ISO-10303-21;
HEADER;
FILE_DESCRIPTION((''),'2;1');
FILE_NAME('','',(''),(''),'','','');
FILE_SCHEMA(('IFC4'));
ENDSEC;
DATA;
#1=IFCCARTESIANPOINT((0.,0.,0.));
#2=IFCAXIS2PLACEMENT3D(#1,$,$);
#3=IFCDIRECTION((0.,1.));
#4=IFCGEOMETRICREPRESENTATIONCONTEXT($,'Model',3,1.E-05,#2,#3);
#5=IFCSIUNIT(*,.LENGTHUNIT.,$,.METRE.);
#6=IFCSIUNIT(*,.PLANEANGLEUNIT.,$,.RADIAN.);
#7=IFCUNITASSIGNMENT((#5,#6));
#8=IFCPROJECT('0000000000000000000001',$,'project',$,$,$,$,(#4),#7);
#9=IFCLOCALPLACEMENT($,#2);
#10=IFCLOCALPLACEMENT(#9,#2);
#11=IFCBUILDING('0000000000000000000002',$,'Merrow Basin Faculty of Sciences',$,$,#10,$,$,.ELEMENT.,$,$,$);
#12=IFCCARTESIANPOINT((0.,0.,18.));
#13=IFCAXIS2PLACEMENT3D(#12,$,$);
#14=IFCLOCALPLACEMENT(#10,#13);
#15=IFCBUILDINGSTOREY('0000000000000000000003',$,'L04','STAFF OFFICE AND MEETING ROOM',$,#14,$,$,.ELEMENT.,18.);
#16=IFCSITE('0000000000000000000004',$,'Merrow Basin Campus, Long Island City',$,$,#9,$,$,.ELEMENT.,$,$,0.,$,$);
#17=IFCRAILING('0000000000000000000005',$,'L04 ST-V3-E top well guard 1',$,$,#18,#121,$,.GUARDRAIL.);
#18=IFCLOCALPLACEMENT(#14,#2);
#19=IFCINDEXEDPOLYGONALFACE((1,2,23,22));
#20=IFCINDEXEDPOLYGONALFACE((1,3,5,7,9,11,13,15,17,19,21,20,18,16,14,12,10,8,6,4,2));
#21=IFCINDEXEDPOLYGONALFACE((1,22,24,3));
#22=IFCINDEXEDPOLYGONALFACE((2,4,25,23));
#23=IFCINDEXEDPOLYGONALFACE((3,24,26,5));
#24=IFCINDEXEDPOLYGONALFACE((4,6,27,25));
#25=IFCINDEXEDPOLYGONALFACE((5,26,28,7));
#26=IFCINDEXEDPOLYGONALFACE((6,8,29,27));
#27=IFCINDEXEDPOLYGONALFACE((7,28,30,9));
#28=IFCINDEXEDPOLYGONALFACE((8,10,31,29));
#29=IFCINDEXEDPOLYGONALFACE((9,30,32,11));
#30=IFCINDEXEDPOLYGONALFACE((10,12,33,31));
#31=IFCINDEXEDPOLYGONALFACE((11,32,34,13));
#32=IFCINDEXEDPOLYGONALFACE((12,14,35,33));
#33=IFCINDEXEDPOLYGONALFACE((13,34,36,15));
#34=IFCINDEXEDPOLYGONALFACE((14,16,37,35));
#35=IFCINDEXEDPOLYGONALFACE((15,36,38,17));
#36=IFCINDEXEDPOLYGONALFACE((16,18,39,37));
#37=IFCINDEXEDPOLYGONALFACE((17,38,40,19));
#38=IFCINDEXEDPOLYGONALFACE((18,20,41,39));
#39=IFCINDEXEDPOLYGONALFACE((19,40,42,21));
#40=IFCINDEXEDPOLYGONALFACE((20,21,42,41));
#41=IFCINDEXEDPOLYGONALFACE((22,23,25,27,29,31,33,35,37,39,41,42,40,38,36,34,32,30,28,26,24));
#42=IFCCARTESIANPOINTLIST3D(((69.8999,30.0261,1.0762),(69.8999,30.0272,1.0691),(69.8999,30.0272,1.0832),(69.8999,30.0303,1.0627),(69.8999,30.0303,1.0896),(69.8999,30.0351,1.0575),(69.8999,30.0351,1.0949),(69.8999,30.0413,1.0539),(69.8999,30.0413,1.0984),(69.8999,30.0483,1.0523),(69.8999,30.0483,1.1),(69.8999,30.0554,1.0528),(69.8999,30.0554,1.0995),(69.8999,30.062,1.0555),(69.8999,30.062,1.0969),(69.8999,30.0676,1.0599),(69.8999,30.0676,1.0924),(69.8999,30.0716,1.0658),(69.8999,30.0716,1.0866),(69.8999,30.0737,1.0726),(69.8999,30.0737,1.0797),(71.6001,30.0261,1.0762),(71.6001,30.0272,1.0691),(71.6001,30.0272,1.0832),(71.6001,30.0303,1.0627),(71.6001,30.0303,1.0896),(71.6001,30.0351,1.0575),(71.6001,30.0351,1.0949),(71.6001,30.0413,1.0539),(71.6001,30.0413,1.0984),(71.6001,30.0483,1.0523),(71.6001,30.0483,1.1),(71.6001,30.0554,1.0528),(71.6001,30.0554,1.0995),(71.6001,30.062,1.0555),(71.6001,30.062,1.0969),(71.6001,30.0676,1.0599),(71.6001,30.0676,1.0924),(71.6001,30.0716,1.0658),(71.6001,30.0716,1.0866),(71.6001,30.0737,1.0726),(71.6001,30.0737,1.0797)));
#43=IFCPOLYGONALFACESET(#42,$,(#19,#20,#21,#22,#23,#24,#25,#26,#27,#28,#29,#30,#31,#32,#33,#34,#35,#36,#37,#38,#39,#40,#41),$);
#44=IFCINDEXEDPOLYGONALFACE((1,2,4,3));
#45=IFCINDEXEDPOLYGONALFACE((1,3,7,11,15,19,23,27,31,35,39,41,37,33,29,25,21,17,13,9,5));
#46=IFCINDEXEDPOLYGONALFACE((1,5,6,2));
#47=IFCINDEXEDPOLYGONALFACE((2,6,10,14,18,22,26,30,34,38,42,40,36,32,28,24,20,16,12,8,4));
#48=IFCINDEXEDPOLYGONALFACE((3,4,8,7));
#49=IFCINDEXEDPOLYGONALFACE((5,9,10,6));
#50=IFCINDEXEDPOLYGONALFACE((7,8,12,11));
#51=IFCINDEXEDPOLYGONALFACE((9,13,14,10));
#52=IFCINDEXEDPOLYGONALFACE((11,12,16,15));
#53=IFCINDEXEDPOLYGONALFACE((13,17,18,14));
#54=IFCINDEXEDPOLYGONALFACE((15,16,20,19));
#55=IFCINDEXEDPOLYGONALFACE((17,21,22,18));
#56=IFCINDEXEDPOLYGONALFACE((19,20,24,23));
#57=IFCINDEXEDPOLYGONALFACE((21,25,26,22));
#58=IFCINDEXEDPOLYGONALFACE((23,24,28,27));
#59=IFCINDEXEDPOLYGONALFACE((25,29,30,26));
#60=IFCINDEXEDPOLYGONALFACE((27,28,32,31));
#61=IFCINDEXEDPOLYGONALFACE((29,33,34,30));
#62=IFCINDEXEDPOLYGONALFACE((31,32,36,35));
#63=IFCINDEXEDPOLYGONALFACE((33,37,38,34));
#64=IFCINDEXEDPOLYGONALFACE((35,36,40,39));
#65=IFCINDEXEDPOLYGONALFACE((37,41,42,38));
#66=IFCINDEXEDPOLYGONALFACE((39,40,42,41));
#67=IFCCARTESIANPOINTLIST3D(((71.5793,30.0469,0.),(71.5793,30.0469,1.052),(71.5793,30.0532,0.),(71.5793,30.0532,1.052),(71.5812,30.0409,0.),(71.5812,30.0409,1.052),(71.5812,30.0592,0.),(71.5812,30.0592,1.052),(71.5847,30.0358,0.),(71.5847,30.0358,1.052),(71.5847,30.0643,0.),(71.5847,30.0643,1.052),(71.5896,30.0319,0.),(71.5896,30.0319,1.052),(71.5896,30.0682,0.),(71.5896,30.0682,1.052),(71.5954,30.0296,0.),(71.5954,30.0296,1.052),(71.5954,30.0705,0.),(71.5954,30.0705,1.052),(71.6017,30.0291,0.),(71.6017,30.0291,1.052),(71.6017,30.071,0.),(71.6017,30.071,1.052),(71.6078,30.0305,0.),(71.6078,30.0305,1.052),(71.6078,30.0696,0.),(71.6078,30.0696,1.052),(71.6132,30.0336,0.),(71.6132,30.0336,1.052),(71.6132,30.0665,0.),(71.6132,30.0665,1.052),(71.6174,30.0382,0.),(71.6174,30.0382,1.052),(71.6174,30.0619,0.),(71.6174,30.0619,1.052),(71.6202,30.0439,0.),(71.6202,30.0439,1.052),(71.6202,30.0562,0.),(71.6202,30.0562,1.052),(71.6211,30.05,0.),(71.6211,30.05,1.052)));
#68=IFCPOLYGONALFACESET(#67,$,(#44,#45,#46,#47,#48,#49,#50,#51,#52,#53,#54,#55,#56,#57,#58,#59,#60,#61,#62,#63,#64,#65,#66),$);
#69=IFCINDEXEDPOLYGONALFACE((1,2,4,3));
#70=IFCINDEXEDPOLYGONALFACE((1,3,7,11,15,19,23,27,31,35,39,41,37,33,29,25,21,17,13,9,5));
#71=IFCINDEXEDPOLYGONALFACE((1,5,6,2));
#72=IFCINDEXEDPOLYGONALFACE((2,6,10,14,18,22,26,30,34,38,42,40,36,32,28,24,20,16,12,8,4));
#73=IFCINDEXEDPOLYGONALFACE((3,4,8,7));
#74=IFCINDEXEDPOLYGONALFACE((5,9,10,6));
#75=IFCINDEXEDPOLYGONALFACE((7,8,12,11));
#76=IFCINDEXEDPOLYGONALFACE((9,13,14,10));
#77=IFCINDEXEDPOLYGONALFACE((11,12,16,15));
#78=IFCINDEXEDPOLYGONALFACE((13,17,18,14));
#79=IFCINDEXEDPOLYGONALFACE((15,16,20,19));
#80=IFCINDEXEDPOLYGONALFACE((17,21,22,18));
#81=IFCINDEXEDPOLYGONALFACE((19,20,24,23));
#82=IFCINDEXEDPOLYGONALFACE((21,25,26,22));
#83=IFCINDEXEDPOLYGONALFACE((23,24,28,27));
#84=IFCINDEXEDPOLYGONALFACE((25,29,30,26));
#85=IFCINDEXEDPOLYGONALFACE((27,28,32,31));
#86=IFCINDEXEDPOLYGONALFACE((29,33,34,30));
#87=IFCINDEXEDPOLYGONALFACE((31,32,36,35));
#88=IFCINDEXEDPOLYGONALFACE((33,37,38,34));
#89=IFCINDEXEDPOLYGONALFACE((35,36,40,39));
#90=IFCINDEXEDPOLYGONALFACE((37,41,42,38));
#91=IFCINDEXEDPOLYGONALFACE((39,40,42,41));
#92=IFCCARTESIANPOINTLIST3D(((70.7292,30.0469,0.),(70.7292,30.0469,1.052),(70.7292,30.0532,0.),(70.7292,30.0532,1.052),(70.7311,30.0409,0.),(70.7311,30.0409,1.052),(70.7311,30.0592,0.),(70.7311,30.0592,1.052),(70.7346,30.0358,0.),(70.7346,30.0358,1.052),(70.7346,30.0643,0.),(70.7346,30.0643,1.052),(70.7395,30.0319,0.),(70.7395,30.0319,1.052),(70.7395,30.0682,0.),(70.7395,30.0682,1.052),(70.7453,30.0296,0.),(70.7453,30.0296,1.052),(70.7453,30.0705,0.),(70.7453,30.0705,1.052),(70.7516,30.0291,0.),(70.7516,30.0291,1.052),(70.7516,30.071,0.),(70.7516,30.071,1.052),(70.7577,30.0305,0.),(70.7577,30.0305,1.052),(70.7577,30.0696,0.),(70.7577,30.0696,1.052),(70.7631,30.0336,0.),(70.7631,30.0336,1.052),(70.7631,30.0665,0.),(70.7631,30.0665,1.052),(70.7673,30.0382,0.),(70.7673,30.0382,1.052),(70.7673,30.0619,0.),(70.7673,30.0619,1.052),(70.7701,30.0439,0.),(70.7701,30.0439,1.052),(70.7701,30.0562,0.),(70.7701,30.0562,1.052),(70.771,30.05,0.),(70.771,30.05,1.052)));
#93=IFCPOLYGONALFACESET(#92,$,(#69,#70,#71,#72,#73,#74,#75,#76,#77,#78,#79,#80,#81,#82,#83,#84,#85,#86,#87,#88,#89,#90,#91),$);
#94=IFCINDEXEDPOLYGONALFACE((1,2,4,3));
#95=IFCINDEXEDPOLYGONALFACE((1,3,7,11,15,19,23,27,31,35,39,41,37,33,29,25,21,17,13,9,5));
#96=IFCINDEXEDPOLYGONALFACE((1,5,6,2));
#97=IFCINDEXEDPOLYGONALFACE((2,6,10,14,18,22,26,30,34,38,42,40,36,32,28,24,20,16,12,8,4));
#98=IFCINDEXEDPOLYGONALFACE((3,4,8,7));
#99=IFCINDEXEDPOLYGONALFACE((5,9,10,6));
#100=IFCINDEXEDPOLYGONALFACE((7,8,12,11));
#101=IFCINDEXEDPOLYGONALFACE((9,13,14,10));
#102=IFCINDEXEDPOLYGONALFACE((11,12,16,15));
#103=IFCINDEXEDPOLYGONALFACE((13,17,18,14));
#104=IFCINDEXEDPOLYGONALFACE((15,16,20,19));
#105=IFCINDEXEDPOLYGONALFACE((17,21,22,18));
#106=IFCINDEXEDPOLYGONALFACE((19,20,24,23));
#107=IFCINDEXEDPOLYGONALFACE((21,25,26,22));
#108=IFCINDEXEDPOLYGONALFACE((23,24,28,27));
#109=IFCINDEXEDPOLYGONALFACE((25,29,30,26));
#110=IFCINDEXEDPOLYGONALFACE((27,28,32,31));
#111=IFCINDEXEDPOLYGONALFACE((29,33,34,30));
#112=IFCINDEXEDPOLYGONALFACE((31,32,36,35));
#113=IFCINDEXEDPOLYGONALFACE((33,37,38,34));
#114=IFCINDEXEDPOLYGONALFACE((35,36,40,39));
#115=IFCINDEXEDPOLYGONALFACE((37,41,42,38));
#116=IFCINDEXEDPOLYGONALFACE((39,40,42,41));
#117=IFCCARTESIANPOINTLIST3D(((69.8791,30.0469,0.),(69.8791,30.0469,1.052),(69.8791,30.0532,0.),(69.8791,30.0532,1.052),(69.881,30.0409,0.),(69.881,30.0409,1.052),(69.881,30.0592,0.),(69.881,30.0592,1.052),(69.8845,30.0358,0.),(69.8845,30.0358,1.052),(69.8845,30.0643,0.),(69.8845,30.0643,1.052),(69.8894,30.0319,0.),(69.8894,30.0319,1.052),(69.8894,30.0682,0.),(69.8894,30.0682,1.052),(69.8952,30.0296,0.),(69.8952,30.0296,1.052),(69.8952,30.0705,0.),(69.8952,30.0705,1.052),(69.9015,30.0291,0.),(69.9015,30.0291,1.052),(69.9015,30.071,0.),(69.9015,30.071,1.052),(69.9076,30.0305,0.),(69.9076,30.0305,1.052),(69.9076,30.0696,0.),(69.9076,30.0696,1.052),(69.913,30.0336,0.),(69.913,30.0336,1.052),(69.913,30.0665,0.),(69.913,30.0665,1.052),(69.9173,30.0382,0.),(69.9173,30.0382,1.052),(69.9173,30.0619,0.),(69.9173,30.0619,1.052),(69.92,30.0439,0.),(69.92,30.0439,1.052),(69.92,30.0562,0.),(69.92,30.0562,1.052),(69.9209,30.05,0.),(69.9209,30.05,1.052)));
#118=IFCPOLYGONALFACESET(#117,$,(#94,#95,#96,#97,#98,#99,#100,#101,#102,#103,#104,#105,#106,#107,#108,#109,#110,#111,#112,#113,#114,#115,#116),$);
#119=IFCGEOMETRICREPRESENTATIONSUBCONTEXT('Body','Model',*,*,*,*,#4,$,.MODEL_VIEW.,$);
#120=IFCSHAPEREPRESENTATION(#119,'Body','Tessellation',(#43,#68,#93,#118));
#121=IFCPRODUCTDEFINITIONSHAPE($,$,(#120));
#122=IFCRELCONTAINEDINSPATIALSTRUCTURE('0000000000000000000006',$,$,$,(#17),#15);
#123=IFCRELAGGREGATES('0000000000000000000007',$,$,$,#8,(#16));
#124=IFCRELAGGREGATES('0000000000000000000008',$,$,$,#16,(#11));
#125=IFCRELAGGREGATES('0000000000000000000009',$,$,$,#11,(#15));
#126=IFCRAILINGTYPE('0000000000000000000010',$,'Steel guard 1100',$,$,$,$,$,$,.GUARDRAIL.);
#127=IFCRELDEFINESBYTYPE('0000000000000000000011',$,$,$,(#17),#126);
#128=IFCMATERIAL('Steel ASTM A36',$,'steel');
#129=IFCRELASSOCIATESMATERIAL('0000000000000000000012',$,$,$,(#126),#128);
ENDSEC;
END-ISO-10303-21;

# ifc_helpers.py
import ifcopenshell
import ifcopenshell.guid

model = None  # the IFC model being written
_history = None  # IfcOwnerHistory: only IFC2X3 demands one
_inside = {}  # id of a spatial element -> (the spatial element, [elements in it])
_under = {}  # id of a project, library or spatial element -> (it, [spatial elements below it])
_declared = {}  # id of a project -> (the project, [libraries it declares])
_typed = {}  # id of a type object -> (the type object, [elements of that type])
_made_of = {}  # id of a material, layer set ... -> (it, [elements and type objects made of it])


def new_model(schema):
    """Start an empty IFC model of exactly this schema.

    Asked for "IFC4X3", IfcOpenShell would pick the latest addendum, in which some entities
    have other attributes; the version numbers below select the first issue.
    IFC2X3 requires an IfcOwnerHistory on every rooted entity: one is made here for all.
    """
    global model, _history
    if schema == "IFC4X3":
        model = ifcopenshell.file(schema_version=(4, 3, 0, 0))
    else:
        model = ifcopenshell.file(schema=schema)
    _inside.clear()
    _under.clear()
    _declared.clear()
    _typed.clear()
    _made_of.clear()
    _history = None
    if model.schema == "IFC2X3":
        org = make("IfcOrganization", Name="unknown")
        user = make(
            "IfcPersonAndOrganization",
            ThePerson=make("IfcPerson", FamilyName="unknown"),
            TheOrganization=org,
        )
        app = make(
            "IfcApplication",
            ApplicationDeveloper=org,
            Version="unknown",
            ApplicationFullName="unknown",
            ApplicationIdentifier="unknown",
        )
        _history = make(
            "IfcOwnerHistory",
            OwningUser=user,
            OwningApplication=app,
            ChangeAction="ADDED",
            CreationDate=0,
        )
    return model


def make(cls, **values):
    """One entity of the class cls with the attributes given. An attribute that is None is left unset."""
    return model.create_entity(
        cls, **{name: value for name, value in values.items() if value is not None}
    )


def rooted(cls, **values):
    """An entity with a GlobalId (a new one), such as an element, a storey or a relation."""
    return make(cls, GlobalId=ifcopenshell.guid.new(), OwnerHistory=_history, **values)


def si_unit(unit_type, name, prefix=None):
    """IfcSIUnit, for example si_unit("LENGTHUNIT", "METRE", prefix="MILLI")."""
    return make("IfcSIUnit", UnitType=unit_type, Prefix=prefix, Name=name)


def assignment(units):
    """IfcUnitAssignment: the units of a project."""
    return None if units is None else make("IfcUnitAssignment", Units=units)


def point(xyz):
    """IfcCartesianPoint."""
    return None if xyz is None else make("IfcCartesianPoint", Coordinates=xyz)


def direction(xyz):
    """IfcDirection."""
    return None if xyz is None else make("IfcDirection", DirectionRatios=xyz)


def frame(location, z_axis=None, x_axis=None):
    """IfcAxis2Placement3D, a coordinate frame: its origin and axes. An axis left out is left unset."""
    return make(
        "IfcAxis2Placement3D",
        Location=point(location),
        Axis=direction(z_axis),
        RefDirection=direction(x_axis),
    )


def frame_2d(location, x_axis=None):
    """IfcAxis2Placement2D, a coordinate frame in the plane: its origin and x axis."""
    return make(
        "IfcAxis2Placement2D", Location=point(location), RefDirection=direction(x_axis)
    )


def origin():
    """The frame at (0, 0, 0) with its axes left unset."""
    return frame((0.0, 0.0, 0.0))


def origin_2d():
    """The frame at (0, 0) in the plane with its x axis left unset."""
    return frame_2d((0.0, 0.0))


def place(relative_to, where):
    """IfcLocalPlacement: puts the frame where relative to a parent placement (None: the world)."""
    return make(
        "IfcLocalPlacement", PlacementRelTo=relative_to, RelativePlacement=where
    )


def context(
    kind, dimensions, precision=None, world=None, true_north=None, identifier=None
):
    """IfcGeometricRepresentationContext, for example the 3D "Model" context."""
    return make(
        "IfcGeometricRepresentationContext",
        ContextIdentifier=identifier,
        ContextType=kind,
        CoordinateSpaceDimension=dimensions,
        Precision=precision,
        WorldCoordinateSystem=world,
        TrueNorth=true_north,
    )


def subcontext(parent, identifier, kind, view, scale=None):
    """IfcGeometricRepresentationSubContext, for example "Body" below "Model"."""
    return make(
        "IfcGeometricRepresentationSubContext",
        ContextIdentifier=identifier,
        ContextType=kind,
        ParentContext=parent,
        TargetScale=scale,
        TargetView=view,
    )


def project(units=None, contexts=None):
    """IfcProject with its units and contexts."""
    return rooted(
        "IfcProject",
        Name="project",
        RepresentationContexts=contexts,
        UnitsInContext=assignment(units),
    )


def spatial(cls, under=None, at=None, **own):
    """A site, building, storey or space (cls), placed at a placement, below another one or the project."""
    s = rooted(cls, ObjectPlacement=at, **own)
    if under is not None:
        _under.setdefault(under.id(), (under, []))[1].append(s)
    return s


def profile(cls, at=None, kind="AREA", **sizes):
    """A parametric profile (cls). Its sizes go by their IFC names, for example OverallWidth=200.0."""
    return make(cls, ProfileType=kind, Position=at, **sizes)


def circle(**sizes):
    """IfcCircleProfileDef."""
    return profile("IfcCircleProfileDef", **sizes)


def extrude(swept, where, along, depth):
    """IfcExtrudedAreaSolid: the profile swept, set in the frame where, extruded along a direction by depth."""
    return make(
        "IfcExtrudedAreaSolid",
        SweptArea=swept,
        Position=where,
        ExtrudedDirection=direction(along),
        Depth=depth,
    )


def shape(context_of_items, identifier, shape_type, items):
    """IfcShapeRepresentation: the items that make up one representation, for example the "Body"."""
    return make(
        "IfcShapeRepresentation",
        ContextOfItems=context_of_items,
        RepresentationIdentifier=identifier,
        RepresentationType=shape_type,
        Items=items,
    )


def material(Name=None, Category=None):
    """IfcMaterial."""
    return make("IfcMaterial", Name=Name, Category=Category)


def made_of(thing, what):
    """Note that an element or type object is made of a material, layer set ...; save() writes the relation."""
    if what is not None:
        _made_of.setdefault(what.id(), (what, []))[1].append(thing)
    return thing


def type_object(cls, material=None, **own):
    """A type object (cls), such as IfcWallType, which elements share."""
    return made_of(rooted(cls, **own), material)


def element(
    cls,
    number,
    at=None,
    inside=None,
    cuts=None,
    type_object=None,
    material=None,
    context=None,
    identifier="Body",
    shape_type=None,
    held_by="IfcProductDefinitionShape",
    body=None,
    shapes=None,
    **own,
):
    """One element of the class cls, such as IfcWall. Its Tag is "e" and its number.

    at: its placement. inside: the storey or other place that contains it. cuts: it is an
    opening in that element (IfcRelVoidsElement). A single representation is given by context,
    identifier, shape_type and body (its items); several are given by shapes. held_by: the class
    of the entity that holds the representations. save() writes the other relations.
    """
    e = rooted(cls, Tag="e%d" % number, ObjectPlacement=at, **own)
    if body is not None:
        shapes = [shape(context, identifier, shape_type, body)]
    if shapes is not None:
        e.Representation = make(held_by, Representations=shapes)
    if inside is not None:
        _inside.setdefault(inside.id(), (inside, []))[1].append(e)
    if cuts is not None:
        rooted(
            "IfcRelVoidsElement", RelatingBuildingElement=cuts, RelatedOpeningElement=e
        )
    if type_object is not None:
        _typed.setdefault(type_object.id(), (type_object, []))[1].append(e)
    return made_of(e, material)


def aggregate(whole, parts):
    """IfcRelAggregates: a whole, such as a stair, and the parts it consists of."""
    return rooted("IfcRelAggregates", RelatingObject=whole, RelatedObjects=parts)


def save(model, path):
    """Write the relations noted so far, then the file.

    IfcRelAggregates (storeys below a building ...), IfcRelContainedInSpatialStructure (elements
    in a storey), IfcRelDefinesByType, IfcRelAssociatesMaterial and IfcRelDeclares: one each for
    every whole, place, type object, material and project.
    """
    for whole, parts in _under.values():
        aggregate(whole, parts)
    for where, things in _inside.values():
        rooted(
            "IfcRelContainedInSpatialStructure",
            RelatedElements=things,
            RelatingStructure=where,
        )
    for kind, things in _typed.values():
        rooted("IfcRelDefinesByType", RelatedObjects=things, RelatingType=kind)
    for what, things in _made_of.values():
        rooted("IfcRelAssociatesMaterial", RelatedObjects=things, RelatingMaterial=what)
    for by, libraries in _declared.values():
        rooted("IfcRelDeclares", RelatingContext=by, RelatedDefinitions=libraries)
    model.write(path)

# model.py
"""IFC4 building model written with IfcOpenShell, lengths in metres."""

from ifc_helpers import new_model, si_unit, direction, frame, origin, origin_2d, place, context, subcontext, project, spatial, circle, extrude, material, type_object, element, save


model = new_model("IFC4")

# Units and contexts
model_context = context("Model", 3, precision=1e-05, world=origin(), true_north=direction((0.0, 1.0)))
body_context = subcontext(model_context, "Body", "Model", "MODEL_VIEW")
ifc_project = project(units=[si_unit("LENGTHUNIT", "METRE"), si_unit("PLANEANGLEUNIT", "RADIAN")], contexts=[model_context])

# Site, building, storey
site_placement = place(None, origin())
site = spatial("IfcSite", under=ifc_project, at=site_placement, Name="Merrow Basin Campus, Long Island City", CompositionType="ELEMENT", RefElevation=0.0)
building_placement = place(site_placement, origin())
building = spatial("IfcBuilding", under=site, at=building_placement, Name="Merrow Basin Faculty of Sciences", CompositionType="ELEMENT")
storey_placement = place(building_placement, frame((0.0, 0.0, 18.0)))
storey = spatial("IfcBuildingStorey", under=building, at=storey_placement, Name="L04", Description="STAFF OFFICE AND MEETING ROOM", CompositionType="ELEMENT", Elevation=18.0)

# Railing
ifc_material_1 = material(Name="Steel ASTM A36", Category="steel")
railing_type = type_object("IfcRailingType", Name="Steel guard 1100", PredefinedType="GUARDRAIL", material=ifc_material_1)
railing_placement = place(storey_placement, frame((71.6001, 30.05, 0.0)))
element("IfcRailing", 1, at=railing_placement, inside=storey, type_object=railing_type, Name="L04 ST-V3-E top well guard 1", PredefinedType="GUARDRAIL", context=body_context, shape_type="SweptSolid", body=[
    extrude(circle(Radius=0.0239, at=origin_2d()), frame((0.0, 0.0, 1.0762), z_axis=(-1.0, 0.0, 0.0), x_axis=(0.0, -1.0, 0.0)), (0.0, 0.0, 1.0), 1.7002),
    extrude(circle(Radius=0.021, at=origin_2d()), origin(), (0.0, 0.0, 1.0), 1.052),
    extrude(circle(Radius=0.021, at=origin_2d()), frame((-0.8501, 0.0, 0.0)), (0.0, 0.0, 1.0), 1.052),
    extrude(circle(Radius=0.021, at=origin_2d()), frame((-1.7002, 0.0, 0.0)), (0.0, 0.0, 1.0), 1.052),
])

save(model, "model.ifc")
